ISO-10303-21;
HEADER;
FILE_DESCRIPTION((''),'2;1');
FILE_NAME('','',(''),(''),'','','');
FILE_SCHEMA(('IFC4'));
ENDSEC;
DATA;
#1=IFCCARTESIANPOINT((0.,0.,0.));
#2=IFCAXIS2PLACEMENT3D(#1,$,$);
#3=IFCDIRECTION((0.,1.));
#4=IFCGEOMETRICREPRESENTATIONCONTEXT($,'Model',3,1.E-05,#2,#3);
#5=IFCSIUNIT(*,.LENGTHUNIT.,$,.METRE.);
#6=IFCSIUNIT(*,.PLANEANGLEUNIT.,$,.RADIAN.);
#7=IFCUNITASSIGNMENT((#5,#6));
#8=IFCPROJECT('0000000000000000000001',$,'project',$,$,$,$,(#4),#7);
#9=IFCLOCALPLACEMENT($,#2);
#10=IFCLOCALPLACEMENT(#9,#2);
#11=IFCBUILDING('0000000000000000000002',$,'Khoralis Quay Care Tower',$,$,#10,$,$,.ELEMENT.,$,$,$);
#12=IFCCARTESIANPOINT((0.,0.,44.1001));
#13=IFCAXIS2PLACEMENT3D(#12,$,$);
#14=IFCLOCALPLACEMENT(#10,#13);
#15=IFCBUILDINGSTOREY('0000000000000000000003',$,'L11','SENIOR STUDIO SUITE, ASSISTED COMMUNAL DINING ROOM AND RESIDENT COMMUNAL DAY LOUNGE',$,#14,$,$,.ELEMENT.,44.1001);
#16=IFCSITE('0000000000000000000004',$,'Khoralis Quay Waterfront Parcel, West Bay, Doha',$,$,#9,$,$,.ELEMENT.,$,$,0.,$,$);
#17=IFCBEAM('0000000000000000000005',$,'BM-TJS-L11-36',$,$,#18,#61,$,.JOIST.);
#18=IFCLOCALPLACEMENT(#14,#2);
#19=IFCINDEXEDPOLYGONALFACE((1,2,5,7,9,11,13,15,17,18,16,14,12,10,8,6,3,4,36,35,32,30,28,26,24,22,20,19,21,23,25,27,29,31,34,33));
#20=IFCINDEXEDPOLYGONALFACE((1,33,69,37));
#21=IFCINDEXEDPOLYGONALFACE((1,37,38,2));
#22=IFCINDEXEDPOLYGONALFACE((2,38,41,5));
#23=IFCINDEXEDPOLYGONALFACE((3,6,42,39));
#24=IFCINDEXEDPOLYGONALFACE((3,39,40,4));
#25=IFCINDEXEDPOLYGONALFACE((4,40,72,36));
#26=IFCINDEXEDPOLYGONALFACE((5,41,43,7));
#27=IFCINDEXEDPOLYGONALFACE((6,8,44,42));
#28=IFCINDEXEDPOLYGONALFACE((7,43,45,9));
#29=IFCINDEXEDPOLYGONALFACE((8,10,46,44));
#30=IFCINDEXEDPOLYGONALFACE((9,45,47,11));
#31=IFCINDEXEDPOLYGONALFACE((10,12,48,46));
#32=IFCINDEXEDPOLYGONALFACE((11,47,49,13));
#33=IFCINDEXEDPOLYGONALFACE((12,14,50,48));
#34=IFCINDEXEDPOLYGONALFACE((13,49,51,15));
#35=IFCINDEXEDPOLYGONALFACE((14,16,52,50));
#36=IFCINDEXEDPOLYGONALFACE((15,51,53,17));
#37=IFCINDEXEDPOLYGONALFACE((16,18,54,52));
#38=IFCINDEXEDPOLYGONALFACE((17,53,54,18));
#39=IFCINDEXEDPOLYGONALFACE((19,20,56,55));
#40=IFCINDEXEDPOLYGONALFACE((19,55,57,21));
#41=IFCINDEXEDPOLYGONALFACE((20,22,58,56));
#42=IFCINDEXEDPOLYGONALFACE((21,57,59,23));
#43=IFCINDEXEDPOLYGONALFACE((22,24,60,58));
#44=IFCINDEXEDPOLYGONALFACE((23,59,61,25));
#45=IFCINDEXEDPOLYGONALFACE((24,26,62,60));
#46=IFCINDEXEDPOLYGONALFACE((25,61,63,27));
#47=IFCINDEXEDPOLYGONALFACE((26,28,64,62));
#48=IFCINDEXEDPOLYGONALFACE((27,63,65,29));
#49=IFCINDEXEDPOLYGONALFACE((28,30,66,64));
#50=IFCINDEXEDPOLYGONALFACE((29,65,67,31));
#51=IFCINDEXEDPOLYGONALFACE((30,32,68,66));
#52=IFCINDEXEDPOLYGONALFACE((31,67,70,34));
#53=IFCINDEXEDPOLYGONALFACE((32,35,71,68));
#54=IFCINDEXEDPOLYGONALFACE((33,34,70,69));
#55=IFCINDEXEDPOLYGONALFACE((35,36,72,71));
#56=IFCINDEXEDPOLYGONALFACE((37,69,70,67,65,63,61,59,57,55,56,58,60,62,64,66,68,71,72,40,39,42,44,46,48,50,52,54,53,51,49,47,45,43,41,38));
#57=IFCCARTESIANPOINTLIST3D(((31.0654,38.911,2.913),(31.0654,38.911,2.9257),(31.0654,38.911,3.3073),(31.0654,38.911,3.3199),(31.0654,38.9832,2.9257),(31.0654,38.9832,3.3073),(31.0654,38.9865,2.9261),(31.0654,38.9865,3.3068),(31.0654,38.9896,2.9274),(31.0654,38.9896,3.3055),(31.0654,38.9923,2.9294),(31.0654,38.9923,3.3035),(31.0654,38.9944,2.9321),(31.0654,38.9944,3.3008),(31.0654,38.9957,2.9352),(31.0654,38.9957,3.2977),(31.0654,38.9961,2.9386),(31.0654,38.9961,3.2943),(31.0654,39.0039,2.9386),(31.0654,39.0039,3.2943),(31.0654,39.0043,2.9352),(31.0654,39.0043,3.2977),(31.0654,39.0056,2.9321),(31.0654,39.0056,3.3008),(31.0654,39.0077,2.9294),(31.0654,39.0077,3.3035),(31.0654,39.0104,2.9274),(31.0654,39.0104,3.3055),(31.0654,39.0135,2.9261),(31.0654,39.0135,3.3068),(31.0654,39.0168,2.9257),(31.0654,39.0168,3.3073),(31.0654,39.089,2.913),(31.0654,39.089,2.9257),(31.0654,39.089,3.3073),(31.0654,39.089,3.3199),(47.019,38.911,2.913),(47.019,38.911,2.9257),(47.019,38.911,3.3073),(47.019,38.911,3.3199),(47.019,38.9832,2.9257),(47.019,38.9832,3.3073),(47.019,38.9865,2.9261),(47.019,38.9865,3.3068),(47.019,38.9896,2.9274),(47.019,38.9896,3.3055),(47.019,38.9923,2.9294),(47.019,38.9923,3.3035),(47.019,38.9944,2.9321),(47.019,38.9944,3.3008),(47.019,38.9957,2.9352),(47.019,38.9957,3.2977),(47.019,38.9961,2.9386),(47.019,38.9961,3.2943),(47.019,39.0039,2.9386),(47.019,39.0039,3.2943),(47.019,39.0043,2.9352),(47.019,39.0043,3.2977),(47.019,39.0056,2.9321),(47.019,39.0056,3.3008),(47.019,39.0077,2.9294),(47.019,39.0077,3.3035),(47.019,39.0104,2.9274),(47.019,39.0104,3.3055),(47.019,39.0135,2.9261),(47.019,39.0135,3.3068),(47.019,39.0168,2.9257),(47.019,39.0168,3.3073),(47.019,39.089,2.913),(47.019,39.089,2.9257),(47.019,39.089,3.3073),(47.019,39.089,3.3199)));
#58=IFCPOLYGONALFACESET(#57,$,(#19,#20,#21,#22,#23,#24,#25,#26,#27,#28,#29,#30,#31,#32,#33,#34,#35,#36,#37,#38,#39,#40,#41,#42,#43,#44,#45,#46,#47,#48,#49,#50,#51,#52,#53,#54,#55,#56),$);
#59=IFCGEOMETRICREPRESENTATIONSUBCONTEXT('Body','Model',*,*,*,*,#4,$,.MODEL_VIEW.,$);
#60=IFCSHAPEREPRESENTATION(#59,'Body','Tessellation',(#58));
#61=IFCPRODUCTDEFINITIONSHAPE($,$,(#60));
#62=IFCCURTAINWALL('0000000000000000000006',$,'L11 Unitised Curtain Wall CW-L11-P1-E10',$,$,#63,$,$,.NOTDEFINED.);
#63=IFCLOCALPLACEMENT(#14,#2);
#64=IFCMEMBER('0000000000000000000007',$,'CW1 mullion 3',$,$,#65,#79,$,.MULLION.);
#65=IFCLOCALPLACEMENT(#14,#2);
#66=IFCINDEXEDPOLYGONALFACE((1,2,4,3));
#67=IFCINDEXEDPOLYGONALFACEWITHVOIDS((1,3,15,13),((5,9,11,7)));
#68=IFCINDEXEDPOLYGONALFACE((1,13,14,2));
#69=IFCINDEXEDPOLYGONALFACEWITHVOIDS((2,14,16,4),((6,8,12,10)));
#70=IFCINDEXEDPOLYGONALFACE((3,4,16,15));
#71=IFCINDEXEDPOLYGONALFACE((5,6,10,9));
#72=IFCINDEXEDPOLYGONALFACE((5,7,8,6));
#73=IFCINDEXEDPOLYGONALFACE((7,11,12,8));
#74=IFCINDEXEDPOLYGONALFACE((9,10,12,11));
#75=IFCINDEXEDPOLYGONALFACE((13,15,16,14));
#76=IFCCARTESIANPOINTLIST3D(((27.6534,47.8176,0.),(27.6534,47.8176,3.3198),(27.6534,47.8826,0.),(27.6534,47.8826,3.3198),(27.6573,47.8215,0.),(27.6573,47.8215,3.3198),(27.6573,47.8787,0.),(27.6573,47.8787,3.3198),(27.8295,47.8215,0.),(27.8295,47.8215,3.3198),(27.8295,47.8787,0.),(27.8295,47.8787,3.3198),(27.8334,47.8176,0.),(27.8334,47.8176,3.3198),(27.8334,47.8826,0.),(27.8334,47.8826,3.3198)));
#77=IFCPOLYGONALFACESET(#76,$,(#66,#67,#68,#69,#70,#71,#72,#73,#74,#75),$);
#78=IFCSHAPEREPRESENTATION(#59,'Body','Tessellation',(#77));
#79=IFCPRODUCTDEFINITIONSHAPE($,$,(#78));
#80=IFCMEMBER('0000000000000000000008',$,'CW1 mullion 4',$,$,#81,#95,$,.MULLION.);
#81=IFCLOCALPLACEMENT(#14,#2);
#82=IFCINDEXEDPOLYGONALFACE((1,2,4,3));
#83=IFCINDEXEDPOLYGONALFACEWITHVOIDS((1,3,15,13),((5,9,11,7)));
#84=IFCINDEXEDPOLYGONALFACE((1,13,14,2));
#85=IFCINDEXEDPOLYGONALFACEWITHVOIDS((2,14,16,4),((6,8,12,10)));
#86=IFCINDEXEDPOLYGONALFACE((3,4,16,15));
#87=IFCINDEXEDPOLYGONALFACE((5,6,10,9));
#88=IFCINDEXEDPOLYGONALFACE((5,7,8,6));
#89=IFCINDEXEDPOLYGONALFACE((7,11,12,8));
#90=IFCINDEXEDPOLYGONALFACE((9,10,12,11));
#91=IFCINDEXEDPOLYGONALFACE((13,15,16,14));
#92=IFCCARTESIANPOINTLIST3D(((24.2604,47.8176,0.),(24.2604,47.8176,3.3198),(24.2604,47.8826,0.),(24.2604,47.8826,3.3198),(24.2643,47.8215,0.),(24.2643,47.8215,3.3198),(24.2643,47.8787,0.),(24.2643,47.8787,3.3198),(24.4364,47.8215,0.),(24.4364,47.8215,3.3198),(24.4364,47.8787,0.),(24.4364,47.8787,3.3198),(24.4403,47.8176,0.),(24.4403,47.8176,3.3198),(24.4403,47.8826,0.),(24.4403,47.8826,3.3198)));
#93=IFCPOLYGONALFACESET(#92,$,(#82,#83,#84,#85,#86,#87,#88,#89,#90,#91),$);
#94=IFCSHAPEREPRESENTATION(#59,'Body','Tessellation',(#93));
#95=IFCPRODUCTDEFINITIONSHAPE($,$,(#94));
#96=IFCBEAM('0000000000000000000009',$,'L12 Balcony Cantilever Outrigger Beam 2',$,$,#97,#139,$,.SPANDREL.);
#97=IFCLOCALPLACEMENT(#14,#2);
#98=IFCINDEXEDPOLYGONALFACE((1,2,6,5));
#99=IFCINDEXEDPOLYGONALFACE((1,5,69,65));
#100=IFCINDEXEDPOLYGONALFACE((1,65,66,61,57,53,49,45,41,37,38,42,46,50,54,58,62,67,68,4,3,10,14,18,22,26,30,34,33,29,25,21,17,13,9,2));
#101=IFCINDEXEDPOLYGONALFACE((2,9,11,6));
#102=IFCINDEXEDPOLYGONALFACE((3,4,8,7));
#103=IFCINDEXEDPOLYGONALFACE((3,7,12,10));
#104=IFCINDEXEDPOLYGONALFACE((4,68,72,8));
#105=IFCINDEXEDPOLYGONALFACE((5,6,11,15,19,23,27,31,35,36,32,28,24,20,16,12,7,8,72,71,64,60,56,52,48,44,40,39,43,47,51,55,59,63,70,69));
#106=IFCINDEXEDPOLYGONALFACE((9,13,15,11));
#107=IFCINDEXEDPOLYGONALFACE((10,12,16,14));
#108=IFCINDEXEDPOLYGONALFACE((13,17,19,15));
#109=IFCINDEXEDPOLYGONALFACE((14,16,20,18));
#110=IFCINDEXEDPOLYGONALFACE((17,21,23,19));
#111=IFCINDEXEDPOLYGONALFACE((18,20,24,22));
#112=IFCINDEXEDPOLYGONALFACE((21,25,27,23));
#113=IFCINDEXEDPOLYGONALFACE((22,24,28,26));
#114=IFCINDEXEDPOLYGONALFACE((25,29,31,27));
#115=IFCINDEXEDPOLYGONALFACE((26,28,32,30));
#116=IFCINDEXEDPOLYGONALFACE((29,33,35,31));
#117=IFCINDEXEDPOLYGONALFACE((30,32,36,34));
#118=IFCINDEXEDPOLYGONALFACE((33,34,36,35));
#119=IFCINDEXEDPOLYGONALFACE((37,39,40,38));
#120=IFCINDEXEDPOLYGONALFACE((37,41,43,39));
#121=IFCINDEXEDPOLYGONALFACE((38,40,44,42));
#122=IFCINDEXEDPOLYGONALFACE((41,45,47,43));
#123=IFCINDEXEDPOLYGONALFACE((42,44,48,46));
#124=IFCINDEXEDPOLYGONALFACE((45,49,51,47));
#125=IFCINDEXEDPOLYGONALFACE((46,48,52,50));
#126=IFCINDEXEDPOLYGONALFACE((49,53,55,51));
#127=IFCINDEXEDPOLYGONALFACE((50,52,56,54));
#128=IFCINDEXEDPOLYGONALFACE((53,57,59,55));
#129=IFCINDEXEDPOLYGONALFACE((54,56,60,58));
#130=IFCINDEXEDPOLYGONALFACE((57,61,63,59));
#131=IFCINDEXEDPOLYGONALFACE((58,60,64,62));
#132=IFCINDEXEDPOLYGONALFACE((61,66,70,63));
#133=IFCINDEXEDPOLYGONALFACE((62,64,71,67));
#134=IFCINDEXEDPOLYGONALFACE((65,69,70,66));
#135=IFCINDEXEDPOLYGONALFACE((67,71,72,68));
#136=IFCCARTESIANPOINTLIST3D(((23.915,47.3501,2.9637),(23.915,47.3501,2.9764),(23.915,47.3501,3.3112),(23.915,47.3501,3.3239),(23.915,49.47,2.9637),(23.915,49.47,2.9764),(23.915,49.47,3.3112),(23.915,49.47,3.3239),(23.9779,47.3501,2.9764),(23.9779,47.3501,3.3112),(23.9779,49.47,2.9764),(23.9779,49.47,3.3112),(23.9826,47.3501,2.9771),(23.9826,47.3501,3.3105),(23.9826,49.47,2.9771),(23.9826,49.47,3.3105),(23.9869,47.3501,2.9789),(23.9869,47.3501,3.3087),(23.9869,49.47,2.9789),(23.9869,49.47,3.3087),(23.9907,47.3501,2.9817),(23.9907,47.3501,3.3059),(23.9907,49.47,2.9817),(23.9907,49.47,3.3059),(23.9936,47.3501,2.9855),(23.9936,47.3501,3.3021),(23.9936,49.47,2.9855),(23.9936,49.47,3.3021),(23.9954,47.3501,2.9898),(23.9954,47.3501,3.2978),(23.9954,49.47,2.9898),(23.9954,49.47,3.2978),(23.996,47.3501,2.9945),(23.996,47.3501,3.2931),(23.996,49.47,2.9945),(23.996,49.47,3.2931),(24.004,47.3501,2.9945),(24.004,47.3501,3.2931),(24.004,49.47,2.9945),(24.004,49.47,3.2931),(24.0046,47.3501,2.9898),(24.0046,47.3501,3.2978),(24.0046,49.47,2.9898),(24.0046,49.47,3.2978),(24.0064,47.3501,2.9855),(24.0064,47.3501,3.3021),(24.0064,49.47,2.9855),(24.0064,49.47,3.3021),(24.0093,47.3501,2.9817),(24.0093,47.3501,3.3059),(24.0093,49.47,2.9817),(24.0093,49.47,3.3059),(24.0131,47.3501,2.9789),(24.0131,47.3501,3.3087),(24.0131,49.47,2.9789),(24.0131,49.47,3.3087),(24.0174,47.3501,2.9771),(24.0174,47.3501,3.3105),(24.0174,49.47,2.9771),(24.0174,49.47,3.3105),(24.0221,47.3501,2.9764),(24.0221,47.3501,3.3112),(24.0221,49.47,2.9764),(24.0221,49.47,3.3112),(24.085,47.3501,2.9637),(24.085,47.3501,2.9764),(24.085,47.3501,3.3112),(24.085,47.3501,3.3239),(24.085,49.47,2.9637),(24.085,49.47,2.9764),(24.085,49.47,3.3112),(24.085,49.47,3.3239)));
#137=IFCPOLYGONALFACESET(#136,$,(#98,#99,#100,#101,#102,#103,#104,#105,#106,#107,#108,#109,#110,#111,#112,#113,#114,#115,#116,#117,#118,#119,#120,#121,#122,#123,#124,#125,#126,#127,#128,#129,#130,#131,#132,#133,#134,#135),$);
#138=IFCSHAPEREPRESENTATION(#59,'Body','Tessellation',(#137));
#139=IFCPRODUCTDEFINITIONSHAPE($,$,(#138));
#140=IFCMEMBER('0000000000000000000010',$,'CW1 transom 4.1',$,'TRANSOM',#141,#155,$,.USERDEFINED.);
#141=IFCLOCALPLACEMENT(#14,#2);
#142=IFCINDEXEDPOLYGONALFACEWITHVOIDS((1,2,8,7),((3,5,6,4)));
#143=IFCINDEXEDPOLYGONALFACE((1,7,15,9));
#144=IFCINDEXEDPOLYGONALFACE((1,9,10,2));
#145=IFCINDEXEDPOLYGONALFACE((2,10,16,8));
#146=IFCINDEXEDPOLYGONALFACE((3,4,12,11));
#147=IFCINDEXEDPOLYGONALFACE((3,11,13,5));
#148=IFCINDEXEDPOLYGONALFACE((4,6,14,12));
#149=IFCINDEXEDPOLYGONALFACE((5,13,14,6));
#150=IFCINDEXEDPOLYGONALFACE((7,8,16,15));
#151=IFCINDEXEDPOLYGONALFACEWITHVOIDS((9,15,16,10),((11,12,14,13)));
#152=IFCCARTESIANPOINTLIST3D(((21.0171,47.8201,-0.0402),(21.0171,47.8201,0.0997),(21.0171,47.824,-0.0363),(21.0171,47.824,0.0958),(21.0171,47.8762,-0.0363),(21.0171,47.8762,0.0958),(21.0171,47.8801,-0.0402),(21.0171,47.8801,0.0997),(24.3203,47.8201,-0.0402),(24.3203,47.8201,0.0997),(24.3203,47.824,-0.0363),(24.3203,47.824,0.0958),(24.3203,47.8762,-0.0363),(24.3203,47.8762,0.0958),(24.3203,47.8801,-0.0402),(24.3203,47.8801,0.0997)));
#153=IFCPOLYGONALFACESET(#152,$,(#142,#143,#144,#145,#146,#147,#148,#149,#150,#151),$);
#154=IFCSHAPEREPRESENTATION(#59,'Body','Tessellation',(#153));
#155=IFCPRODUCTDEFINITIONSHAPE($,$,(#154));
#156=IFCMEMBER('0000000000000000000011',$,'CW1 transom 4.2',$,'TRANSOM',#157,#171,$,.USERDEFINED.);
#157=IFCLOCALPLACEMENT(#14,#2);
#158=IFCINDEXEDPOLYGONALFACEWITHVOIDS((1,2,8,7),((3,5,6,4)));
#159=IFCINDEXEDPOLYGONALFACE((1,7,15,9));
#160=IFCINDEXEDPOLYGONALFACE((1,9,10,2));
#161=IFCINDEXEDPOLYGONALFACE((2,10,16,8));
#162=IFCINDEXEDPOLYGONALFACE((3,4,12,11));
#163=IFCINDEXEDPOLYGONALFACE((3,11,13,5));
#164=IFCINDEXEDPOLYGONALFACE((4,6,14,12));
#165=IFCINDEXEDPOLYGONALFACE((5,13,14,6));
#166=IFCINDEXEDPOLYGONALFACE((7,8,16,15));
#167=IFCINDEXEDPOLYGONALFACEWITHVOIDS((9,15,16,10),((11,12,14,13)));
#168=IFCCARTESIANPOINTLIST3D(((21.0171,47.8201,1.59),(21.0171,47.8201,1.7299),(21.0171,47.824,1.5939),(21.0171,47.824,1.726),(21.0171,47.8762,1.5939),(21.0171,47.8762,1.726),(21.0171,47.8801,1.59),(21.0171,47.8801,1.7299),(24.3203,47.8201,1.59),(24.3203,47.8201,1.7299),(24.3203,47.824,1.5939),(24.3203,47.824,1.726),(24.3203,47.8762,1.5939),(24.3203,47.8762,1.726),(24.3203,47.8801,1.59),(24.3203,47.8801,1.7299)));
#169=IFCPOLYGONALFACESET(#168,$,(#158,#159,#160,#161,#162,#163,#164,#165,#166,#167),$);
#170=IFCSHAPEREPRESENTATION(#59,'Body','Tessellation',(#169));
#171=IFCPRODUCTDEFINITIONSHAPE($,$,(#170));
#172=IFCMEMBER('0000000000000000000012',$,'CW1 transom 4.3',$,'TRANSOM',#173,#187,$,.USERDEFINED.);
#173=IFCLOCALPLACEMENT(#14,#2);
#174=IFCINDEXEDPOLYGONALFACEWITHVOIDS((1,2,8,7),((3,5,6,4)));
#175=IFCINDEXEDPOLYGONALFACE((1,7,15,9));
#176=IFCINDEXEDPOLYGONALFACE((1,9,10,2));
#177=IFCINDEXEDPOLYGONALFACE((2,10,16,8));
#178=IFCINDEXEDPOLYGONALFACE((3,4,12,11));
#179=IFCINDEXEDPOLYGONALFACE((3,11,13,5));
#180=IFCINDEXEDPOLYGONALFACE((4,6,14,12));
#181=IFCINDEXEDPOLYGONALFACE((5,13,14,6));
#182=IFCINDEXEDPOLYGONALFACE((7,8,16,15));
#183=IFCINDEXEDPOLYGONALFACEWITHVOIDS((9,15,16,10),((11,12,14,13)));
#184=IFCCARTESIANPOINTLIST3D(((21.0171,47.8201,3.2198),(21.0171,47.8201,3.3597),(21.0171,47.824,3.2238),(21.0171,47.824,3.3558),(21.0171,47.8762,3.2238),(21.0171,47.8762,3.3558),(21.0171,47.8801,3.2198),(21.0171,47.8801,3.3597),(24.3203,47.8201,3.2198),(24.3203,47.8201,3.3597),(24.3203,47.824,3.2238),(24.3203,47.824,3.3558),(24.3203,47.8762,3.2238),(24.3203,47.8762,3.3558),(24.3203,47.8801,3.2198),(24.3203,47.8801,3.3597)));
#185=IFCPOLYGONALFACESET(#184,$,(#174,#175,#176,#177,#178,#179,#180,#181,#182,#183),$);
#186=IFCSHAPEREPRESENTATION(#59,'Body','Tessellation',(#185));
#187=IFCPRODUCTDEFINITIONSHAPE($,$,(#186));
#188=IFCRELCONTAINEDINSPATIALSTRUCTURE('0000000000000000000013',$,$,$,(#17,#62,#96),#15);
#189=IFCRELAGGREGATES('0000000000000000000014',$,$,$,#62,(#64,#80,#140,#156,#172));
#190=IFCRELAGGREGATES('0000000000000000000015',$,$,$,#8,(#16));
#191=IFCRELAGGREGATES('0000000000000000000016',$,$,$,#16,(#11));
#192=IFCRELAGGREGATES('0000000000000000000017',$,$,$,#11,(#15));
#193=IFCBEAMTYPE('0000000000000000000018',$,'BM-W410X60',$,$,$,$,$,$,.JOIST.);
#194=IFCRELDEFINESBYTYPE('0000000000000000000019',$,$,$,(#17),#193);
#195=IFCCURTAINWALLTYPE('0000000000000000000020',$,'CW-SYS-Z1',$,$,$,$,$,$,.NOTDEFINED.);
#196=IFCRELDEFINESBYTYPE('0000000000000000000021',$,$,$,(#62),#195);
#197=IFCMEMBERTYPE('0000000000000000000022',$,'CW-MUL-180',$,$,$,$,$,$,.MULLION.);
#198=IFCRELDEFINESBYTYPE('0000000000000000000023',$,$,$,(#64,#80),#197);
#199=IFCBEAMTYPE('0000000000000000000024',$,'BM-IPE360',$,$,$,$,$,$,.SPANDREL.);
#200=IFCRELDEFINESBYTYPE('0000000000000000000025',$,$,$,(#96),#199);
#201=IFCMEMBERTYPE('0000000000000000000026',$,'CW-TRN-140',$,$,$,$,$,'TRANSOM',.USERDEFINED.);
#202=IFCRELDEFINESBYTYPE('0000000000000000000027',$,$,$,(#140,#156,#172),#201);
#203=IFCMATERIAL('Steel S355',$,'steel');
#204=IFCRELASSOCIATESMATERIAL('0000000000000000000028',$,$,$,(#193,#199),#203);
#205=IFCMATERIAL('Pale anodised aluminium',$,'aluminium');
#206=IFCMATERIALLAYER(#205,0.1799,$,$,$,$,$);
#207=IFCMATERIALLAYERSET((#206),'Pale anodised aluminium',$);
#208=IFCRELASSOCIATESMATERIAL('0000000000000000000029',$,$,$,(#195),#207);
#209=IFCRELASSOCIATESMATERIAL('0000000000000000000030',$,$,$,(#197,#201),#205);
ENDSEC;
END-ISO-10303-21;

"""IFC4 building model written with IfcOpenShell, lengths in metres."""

from ifc_helpers import new_model, si_unit, direction, frame, origin, origin_2d, place, context, subcontext, project, spatial, hollow_rectangle, i_section, extrude, source, transform, mapped, material, layer, layer_set, material_profile, profile_set, type_object, element, aggregate, save


model = new_model("IFC4")

# Units and contexts
model_context = context("Model", 3, precision=1e-05, world=origin(), true_north=direction((0.0, 1.0)))
body_context = subcontext(model_context, "Body", "Model", "MODEL_VIEW")
ifc_project = project(units=[si_unit("LENGTHUNIT", "METRE"), si_unit("PLANEANGLEUNIT", "RADIAN")], contexts=[model_context])

# Site, building, storey
site_placement = place(None, origin())
site = spatial("IfcSite", under=ifc_project, at=site_placement, Name="Khoralis Quay Waterfront Parcel, West Bay, Doha", CompositionType="ELEMENT", RefElevation=0.0)
building_placement = place(site_placement, origin())
building = spatial("IfcBuilding", under=site, at=building_placement, Name="Khoralis Quay Care Tower", CompositionType="ELEMENT")
storey_placement = place(building_placement, frame((0.0, 0.0, 44.1001)))
storey = spatial("IfcBuildingStorey", under=building, at=storey_placement, Name="L11", Description="SENIOR STUDIO SUITE, ASSISTED COMMUNAL DINING ROOM AND RESIDENT COMMUNAL DAY LOUNGE", CompositionType="ELEMENT", Elevation=44.1001)

# Beam
ifc_material_1 = material(Name="Steel S355", Category="steel")
ifc_material_profile_1 = material_profile(ifc_material_1, i_section(OverallWidth=0.178, OverallDepth=0.407, WebThickness=0.0078, FlangeThickness=0.0127, FilletRadius=0.0129, at=origin_2d()), Name="Steel S355")
ifc_profile_set_1 = profile_set([ifc_material_profile_1], Name="Steel S355")
beam_type_1 = type_object("IfcBeamType", Name="BM-W410X60", PredefinedType="JOIST", material=ifc_profile_set_1)
shared_shape_1 = source(origin(), body_context, "Body", "SweptSolid", [
    extrude(i_section(OverallWidth=0.178, OverallDepth=0.407, WebThickness=0.0078, FlangeThickness=0.0127, FilletRadius=0.0129, at=origin_2d()), origin(), (0.0, 0.0, 1.0), 15.9536),
])
beam_1_placement = place(storey_placement, frame((31.0654, 39.0, 3.1165), z_axis=(1.0, 0.0, 0.0), x_axis=(0.0, 1.0, 0.0)))
element("IfcBeam", 1, at=beam_1_placement, inside=storey, type_object=beam_type_1, Name="BM-TJS-L11-36", PredefinedType="JOIST", context=body_context, shape_type="MappedRepresentation", body=[
    mapped(shared_shape_1, transform((0.0, 0.0, 0.0), scale=1.0)),
])

# Curtain wall, members
ifc_material_2 = material(Name="Pale anodised aluminium", Category="aluminium")
ifc_layer_1 = layer(ifc_material_2, 0.1799)
ifc_layer_set_1 = layer_set([ifc_layer_1], Name="Pale anodised aluminium")
curtain_wall_type = type_object("IfcCurtainWallType", Name="CW-SYS-Z1", PredefinedType="NOTDEFINED", material=ifc_layer_set_1)
curtain_wall_placement = place(storey_placement, origin())
curtain_wall = element("IfcCurtainWall", 2, at=curtain_wall_placement, inside=storey, type_object=curtain_wall_type, Name="L11 Unitised Curtain Wall CW-L11-P1-E10", PredefinedType="NOTDEFINED")
ifc_material_profile_2 = material_profile(ifc_material_2, hollow_rectangle(XDim=0.0649, YDim=0.1799, WallThickness=0.0039, at=origin_2d()), Name="Pale anodised aluminium")
ifc_profile_set_2 = profile_set([ifc_material_profile_2], Name="Pale anodised aluminium")
member_type_1 = type_object("IfcMemberType", Name="CW-MUL-180", PredefinedType="MULLION", material=ifc_profile_set_2)
shared_shape_2 = source(origin(), body_context, "Body", "SweptSolid", [
    extrude(hollow_rectangle(XDim=0.0649, YDim=0.1799, WallThickness=0.0039, at=origin_2d()), origin(), (0.0, 0.0, 1.0), 3.3198),
])
member_1_placement = place(storey_placement, frame((27.7434, 47.8501, 0.0), z_axis=(0.0, 0.0, 1.0), x_axis=(0.0, -1.0, 0.0)))
member_1 = element("IfcMember", 3, at=member_1_placement, type_object=member_type_1, Name="CW1 mullion 3", PredefinedType="MULLION", context=body_context, shape_type="MappedRepresentation", body=[
    mapped(shared_shape_2, transform((0.0, 0.0, 0.0), scale=1.0)),
])
member_2_placement = place(storey_placement, frame((24.3503, 47.8501, 0.0), z_axis=(0.0, 0.0, 1.0), x_axis=(0.0, -1.0, 0.0)))
member_2 = element("IfcMember", 4, at=member_2_placement, type_object=member_type_1, Name="CW1 mullion 4", PredefinedType="MULLION", context=body_context, shape_type="MappedRepresentation", body=[
    mapped(shared_shape_2, transform((0.0, 0.0, 0.0), scale=1.0)),
])

# Beam
ifc_material_profile_3 = material_profile(ifc_material_1, i_section(OverallWidth=0.1699, OverallDepth=0.3601, WebThickness=0.0081, FlangeThickness=0.0127, FilletRadius=0.0181, at=origin_2d()), Name="Steel S355")
ifc_profile_set_3 = profile_set([ifc_material_profile_3], Name="Steel S355")
beam_type_2 = type_object("IfcBeamType", Name="BM-IPE360", PredefinedType="SPANDREL", material=ifc_profile_set_3)
shared_shape_3 = source(origin(), body_context, "Body", "SweptSolid", [
    extrude(i_section(OverallWidth=0.1699, OverallDepth=0.3601, WebThickness=0.0081, FlangeThickness=0.0127, FilletRadius=0.0181, at=origin_2d()), origin(), (0.0, 0.0, 1.0), 2.1199),
])
beam_2_placement = place(storey_placement, frame((24.0, 47.3501, 3.1438), z_axis=(0.0, 1.0, 0.0), x_axis=(-1.0, 0.0, 0.0)))
element("IfcBeam", 5, at=beam_2_placement, inside=storey, type_object=beam_type_2, Name="L12 Balcony Cantilever Outrigger Beam 2", PredefinedType="SPANDREL", context=body_context, shape_type="MappedRepresentation", body=[
    mapped(shared_shape_3, transform((0.0, 0.0, 0.0), scale=1.0)),
])

# Members
ifc_material_profile_4 = material_profile(ifc_material_2, hollow_rectangle(XDim=0.0601, YDim=0.1399, WallThickness=0.0039, at=origin_2d()), Name="Pale anodised aluminium")
ifc_profile_set_4 = profile_set([ifc_material_profile_4], Name="Pale anodised aluminium")
member_type_2 = type_object("IfcMemberType", Name="CW-TRN-140", ElementType="TRANSOM", PredefinedType="USERDEFINED", material=ifc_profile_set_4)
shared_shape_4 = source(origin(), body_context, "Body", "SweptSolid", [
    extrude(hollow_rectangle(XDim=0.0601, YDim=0.1399, WallThickness=0.0039, at=origin_2d()), origin(), (0.0, 0.0, 1.0), 3.3032),
])
member_3_placement = place(storey_placement, frame((24.3203, 47.8501, 0.0298), z_axis=(-1.0, 0.0, 0.0), x_axis=(0.0, -1.0, 0.0)))
member_3 = element("IfcMember", 6, at=member_3_placement, type_object=member_type_2, Name="CW1 transom 4.1", ObjectType="TRANSOM", PredefinedType="USERDEFINED", context=body_context, shape_type="MappedRepresentation", body=[
    mapped(shared_shape_4, transform((0.0, 0.0, 0.0), scale=1.0)),
])
member_4_placement = place(storey_placement, frame((24.3203, 47.8501, 1.6599), z_axis=(-1.0, 0.0, 0.0), x_axis=(0.0, -1.0, 0.0)))
member_4 = element("IfcMember", 7, at=member_4_placement, type_object=member_type_2, Name="CW1 transom 4.2", ObjectType="TRANSOM", PredefinedType="USERDEFINED", context=body_context, shape_type="MappedRepresentation", body=[
    mapped(shared_shape_4, transform((0.0, 0.0, 0.0), scale=1.0)),
])
member_5_placement = place(storey_placement, frame((24.3203, 47.8501, 3.2898), z_axis=(-1.0, 0.0, 0.0), x_axis=(0.0, -1.0, 0.0)))
member_5 = element("IfcMember", 8, at=member_5_placement, type_object=member_type_2, Name="CW1 transom 4.3", ObjectType="TRANSOM", PredefinedType="USERDEFINED", context=body_context, shape_type="MappedRepresentation", body=[
    mapped(shared_shape_4, transform((0.0, 0.0, 0.0), scale=1.0)),
])

aggregate(curtain_wall, [member_1, member_2, member_3, member_4, member_5])

save(model, "model.ifc")
